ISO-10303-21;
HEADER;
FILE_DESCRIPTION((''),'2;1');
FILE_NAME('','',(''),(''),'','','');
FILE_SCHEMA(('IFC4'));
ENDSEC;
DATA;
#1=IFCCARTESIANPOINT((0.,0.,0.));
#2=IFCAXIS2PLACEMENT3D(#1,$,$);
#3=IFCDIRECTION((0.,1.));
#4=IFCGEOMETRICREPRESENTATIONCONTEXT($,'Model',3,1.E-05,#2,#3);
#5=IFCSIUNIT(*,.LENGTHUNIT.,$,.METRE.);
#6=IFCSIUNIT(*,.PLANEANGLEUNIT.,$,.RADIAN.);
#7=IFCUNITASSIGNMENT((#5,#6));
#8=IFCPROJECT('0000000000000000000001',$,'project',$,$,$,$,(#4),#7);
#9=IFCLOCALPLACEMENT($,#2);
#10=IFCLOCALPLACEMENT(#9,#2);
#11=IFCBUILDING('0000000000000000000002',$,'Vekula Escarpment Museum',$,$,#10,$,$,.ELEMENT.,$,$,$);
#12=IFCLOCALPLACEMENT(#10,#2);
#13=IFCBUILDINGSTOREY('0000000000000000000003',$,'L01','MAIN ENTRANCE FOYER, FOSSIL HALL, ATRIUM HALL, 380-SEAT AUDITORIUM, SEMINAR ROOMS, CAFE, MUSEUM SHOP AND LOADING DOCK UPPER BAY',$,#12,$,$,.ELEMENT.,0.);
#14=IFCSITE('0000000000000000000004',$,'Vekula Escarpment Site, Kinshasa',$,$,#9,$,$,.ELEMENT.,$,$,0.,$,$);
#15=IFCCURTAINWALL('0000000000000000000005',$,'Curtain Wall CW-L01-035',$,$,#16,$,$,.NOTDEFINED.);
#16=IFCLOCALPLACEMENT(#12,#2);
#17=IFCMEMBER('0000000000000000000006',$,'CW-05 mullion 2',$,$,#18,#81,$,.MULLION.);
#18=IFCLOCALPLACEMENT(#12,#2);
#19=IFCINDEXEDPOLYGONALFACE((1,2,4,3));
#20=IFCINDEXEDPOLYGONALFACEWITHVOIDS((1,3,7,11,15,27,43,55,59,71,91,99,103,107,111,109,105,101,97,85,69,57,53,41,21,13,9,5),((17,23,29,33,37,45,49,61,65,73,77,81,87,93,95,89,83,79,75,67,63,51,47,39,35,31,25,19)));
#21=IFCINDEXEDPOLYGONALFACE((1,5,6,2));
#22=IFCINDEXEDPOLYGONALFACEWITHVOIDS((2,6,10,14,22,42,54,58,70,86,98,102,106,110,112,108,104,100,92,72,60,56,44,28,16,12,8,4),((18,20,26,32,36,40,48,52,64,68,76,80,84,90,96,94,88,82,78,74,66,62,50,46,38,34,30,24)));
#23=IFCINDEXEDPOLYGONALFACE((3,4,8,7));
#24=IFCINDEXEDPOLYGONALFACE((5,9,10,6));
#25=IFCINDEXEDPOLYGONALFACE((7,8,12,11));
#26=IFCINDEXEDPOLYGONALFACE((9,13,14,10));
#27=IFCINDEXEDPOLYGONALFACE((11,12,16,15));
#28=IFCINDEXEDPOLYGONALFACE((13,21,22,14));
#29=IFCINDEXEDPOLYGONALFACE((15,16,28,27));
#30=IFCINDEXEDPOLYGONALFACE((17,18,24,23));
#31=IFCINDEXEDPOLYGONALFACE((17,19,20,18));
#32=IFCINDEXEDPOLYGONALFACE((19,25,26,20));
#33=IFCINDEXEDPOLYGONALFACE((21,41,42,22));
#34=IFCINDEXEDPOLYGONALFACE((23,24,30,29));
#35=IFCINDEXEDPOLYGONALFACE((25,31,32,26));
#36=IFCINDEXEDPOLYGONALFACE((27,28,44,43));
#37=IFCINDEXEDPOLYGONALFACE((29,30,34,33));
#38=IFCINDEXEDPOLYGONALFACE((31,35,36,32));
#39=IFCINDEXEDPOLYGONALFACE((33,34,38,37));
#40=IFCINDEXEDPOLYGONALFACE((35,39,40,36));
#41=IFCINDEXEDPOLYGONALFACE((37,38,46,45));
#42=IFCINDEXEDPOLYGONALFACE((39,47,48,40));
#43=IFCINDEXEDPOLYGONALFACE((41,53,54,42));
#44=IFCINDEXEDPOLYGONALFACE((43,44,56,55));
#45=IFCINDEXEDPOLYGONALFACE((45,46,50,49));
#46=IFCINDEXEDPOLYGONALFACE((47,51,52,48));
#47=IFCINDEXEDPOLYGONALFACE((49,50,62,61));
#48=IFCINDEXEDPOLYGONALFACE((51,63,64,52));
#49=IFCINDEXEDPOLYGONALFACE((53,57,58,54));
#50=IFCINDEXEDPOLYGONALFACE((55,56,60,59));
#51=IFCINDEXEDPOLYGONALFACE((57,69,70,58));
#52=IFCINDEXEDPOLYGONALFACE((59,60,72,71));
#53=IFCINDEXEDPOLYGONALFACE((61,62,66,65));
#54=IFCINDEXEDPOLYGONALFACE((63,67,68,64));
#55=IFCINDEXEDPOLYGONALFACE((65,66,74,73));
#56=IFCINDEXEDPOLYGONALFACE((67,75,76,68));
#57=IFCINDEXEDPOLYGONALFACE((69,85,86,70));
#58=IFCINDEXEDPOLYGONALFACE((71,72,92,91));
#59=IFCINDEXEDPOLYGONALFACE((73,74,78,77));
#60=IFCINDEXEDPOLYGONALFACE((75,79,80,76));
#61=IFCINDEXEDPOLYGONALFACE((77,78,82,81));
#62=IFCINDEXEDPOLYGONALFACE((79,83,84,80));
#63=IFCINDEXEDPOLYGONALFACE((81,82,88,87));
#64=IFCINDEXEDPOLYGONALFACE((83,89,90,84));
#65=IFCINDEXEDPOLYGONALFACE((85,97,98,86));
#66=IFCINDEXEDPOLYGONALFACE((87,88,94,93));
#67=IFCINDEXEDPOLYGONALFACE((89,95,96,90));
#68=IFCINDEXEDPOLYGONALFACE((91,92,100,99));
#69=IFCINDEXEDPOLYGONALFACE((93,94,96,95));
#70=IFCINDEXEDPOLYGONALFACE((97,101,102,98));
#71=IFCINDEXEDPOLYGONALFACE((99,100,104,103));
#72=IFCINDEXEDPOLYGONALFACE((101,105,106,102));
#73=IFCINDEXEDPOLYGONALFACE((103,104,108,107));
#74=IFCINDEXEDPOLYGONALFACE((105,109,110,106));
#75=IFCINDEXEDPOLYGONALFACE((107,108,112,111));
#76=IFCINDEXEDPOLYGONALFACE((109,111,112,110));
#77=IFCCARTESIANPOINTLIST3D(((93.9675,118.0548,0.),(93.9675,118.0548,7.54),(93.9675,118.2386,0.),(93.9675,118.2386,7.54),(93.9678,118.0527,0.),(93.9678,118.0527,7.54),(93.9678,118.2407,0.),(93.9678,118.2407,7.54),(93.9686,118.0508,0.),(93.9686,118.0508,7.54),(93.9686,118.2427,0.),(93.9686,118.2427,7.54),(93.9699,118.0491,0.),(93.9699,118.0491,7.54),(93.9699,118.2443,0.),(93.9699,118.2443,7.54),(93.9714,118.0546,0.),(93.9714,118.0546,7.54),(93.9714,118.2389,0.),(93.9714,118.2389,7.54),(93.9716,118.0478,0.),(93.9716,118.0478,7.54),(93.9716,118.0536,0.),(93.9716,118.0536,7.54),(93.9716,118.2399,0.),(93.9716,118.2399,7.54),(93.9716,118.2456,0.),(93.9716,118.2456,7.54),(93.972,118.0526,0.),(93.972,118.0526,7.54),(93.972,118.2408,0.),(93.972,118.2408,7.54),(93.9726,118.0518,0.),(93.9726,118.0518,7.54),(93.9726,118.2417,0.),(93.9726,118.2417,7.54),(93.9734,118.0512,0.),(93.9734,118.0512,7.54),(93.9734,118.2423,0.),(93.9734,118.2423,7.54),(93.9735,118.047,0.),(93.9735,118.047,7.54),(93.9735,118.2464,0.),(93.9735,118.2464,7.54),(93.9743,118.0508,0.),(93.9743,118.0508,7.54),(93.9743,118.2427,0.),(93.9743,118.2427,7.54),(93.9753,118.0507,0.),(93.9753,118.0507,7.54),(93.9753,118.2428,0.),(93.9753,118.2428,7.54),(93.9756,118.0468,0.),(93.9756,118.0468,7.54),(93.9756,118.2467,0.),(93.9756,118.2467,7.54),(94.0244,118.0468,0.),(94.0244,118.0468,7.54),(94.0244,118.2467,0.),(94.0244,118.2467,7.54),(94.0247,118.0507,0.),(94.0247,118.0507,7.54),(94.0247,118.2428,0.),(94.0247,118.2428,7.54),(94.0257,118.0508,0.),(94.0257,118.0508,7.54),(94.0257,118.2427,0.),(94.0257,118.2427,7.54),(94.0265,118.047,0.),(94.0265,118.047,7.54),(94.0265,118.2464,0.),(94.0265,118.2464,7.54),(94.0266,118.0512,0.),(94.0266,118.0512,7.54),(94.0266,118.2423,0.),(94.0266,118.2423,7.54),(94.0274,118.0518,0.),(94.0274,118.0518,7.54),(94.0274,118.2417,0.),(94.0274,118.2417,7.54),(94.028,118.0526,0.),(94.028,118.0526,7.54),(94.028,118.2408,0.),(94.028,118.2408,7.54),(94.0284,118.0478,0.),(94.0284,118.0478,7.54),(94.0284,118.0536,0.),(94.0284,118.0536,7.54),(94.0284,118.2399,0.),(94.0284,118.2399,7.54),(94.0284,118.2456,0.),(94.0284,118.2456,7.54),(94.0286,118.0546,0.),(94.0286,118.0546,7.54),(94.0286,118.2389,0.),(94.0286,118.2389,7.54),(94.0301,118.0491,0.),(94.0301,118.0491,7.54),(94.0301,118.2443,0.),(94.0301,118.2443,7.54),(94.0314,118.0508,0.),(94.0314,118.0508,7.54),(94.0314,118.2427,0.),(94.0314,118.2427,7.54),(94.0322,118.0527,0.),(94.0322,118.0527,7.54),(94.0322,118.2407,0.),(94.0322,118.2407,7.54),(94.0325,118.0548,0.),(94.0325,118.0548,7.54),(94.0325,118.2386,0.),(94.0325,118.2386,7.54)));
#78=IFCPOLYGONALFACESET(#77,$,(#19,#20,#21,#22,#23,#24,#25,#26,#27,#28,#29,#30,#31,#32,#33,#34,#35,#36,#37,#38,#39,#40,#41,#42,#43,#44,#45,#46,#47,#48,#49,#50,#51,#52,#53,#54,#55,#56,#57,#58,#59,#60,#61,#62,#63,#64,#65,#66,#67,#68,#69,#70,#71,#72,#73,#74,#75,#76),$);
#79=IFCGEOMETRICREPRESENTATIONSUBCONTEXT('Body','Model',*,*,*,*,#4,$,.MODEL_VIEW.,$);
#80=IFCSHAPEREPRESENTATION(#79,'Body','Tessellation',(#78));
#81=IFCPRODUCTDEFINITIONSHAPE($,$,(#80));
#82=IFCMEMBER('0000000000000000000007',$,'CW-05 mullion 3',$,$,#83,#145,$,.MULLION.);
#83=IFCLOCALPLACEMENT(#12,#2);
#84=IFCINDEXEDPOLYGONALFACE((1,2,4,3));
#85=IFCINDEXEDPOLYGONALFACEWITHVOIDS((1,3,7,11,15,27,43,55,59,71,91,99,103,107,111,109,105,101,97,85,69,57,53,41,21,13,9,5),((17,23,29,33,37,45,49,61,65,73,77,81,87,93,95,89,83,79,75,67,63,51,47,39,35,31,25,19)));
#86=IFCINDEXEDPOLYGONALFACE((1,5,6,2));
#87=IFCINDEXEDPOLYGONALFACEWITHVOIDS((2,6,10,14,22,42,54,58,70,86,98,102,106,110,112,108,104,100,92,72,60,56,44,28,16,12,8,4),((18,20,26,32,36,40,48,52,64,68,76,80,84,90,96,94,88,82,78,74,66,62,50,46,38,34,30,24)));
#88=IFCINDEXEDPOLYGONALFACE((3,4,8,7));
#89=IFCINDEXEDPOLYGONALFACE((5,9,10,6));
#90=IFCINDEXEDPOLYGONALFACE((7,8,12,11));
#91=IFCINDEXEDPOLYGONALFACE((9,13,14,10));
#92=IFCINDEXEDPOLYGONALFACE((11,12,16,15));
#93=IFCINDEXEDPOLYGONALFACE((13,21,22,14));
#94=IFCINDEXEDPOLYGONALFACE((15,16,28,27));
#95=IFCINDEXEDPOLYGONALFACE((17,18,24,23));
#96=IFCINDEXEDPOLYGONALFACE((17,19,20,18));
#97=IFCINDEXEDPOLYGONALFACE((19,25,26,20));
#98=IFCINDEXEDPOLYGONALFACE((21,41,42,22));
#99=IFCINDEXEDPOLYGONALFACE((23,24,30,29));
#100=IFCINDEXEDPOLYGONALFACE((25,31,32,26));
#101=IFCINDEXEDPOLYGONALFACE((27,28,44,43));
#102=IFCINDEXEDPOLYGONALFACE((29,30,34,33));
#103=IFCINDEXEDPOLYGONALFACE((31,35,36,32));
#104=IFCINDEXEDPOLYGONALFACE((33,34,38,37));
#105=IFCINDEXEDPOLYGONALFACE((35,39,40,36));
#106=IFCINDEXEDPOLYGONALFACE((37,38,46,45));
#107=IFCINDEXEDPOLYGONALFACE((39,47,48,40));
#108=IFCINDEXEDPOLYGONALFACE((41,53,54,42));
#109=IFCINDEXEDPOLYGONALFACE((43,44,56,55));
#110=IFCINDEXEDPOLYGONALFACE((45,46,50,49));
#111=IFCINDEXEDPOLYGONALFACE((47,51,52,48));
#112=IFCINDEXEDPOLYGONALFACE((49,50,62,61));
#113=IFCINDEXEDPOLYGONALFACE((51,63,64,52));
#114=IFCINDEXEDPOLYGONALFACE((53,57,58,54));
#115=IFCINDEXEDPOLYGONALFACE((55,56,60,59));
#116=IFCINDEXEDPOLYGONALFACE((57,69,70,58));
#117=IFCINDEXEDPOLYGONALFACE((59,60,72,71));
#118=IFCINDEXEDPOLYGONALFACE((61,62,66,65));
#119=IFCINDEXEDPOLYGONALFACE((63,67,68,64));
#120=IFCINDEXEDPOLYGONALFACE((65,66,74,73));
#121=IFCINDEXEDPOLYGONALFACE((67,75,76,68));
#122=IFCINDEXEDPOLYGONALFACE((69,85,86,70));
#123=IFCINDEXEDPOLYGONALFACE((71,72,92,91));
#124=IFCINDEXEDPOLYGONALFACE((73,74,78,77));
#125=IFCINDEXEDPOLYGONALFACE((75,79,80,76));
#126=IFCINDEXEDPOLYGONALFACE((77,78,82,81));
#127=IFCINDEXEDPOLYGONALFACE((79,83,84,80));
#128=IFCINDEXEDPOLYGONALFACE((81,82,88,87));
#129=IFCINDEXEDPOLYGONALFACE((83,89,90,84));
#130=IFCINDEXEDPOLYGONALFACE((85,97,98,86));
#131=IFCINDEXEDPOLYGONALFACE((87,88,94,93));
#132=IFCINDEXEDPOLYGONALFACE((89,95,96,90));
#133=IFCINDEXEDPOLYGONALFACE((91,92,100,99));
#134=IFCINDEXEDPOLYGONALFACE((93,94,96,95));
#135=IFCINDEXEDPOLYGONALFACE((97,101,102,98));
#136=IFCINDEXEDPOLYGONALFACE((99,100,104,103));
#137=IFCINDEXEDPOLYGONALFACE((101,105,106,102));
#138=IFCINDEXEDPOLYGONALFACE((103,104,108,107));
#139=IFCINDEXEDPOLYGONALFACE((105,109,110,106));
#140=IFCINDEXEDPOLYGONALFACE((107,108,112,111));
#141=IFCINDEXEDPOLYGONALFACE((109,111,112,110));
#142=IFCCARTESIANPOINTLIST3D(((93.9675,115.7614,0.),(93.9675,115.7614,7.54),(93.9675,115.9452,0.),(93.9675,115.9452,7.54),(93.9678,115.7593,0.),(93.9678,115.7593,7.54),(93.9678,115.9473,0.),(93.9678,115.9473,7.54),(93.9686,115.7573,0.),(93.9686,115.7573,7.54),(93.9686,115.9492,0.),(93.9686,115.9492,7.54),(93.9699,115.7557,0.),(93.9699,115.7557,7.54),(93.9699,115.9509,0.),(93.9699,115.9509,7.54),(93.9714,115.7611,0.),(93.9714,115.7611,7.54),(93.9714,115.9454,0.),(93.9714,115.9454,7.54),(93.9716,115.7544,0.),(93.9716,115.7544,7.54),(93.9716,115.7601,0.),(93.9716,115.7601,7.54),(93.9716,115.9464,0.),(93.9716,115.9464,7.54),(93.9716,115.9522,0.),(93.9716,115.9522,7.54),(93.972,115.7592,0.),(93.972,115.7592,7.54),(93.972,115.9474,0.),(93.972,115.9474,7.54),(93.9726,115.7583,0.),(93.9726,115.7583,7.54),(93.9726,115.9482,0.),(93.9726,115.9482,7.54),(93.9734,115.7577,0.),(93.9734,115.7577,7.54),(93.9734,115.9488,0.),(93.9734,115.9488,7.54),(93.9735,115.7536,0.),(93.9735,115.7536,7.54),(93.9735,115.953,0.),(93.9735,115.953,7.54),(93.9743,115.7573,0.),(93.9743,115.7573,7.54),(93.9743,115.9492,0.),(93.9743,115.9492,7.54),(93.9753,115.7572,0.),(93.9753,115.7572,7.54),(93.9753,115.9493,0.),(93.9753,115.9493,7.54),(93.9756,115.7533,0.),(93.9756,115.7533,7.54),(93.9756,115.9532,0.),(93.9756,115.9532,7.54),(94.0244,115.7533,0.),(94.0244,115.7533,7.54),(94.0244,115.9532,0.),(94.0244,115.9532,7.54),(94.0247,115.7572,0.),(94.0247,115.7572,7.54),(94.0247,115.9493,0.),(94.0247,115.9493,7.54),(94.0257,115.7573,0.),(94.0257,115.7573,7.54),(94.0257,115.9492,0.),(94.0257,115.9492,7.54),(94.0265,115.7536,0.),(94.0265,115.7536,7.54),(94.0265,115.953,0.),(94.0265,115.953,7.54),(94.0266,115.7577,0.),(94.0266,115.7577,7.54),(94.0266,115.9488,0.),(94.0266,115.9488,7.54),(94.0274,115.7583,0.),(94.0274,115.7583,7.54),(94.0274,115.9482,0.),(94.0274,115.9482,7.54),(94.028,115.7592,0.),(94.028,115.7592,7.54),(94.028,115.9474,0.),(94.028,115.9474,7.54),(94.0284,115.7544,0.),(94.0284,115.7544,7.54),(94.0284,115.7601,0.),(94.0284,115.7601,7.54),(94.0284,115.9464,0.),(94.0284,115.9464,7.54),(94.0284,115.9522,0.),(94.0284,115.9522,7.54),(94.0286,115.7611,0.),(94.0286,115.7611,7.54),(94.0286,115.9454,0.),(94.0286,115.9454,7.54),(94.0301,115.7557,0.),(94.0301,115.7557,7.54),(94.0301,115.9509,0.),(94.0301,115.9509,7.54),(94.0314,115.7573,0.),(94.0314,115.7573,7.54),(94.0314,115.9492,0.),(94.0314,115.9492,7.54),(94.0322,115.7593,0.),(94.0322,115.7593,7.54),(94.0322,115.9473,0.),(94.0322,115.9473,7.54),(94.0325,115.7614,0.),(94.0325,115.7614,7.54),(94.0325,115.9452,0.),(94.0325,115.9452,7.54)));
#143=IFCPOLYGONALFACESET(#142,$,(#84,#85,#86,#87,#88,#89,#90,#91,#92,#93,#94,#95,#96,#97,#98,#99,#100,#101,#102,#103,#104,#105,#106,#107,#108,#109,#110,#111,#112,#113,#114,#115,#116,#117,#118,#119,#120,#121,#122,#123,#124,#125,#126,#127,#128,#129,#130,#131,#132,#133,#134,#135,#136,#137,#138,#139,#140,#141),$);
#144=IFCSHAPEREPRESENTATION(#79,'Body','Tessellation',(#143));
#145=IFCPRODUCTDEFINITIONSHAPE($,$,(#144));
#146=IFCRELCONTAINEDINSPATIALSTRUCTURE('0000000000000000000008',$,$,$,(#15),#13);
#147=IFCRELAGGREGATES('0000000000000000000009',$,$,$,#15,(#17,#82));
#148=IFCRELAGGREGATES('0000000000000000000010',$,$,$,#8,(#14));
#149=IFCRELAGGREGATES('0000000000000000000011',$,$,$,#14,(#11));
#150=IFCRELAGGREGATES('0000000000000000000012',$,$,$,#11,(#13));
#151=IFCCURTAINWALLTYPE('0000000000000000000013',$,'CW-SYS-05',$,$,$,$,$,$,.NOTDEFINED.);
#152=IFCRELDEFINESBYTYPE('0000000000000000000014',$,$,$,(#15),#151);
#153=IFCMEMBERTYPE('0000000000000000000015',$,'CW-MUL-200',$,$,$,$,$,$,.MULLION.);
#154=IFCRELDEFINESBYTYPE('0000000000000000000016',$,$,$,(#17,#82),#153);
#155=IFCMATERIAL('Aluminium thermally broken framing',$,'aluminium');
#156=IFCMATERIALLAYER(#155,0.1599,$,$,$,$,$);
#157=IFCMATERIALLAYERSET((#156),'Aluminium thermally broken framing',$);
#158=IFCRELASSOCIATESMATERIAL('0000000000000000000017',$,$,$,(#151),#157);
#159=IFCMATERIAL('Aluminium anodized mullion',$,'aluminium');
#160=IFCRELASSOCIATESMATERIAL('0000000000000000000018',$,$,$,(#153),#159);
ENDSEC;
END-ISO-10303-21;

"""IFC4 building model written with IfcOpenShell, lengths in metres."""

from ifc_helpers import new_model, si_unit, direction, frame, origin, origin_2d, place, context, subcontext, project, spatial, hollow_rectangle, extrude, material, layer, layer_set, material_profile, profile_set, type_object, element, aggregate, save


model = new_model("IFC4")

# Units and contexts
model_context = context("Model", 3, precision=1e-05, world=origin(), true_north=direction((0.0, 1.0)))
body_context = subcontext(model_context, "Body", "Model", "MODEL_VIEW")
ifc_project = project(units=[si_unit("LENGTHUNIT", "METRE"), si_unit("PLANEANGLEUNIT", "RADIAN")], contexts=[model_context])

# Site, building, storey
site_placement = place(None, origin())
site = spatial("IfcSite", under=ifc_project, at=site_placement, Name="Vekula Escarpment Site, Kinshasa", CompositionType="ELEMENT", RefElevation=0.0)
building_placement = place(site_placement, origin())
building = spatial("IfcBuilding", under=site, at=building_placement, Name="Vekula Escarpment Museum", CompositionType="ELEMENT")
storey_placement = place(building_placement, origin())
storey = spatial("IfcBuildingStorey", under=building, at=storey_placement, Name="L01", Description="MAIN ENTRANCE FOYER, FOSSIL HALL, ATRIUM HALL, 380-SEAT AUDITORIUM, SEMINAR ROOMS, CAFE, MUSEUM SHOP AND LOADING DOCK UPPER BAY", CompositionType="ELEMENT", Elevation=0.0)

# Curtain wall, members
ifc_material_1 = material(Name="Aluminium thermally broken framing", Category="aluminium")
ifc_layer_1 = layer(ifc_material_1, 0.1599)
ifc_layer_set_1 = layer_set([ifc_layer_1], Name="Aluminium thermally broken framing")
curtain_wall_type_1 = type_object("IfcCurtainWallType", Name="CW-SYS-05", PredefinedType="NOTDEFINED", material=ifc_layer_set_1)
curtain_wall_1_placement = place(storey_placement, origin())
curtain_wall_1 = element("IfcCurtainWall", 1, at=curtain_wall_1_placement, inside=storey, type_object=curtain_wall_type_1, Name="Curtain Wall CW-L01-035", PredefinedType="NOTDEFINED")
ifc_material_2 = material(Name="Aluminium anodized mullion", Category="aluminium")
ifc_material_profile_1 = material_profile(ifc_material_2, hollow_rectangle(XDim=0.0649, YDim=0.2, WallThickness=0.0039, InnerFilletRadius=0.0039, OuterFilletRadius=0.0081, at=origin_2d()), Name="ALU 200x65x4")
ifc_profile_set_1 = profile_set([ifc_material_profile_1], Name="Aluminium anodized mullion")
member_type_1 = type_object("IfcMemberType", Name="CW-MUL-200", PredefinedType="MULLION", material=ifc_profile_set_1)
member_1_placement = place(storey_placement, frame((94.0, 118.1467, 0.0), z_axis=(0.0, 0.0, 1.0), x_axis=(1.0, 0.0, 0.0)))
member_1 = element("IfcMember", 2, at=member_1_placement, type_object=member_type_1, Name="CW-05 mullion 2", PredefinedType="MULLION", context=body_context, shape_type="SweptSolid", body=[
    extrude(hollow_rectangle(XDim=0.0649, YDim=0.2, WallThickness=0.0039, InnerFilletRadius=0.0039, OuterFilletRadius=0.0081, at=origin_2d()), origin(), (0.0, 0.0, 1.0), 7.54),
])
member_2_placement = place(storey_placement, frame((94.0, 115.8533, 0.0), z_axis=(0.0, 0.0, 1.0), x_axis=(1.0, 0.0, 0.0)))
member_2 = element("IfcMember", 3, at=member_2_placement, type_object=member_type_1, Name="CW-05 mullion 3", PredefinedType="MULLION", context=body_context, shape_type="SweptSolid", body=[
    extrude(hollow_rectangle(XDim=0.0649, YDim=0.2, WallThickness=0.0039, InnerFilletRadius=0.0039, OuterFilletRadius=0.0081, at=origin_2d()), origin(), (0.0, 0.0, 1.0), 7.54),
])

aggregate(curtain_wall_1, [member_1, member_2])

save(model, "model.ifc")
